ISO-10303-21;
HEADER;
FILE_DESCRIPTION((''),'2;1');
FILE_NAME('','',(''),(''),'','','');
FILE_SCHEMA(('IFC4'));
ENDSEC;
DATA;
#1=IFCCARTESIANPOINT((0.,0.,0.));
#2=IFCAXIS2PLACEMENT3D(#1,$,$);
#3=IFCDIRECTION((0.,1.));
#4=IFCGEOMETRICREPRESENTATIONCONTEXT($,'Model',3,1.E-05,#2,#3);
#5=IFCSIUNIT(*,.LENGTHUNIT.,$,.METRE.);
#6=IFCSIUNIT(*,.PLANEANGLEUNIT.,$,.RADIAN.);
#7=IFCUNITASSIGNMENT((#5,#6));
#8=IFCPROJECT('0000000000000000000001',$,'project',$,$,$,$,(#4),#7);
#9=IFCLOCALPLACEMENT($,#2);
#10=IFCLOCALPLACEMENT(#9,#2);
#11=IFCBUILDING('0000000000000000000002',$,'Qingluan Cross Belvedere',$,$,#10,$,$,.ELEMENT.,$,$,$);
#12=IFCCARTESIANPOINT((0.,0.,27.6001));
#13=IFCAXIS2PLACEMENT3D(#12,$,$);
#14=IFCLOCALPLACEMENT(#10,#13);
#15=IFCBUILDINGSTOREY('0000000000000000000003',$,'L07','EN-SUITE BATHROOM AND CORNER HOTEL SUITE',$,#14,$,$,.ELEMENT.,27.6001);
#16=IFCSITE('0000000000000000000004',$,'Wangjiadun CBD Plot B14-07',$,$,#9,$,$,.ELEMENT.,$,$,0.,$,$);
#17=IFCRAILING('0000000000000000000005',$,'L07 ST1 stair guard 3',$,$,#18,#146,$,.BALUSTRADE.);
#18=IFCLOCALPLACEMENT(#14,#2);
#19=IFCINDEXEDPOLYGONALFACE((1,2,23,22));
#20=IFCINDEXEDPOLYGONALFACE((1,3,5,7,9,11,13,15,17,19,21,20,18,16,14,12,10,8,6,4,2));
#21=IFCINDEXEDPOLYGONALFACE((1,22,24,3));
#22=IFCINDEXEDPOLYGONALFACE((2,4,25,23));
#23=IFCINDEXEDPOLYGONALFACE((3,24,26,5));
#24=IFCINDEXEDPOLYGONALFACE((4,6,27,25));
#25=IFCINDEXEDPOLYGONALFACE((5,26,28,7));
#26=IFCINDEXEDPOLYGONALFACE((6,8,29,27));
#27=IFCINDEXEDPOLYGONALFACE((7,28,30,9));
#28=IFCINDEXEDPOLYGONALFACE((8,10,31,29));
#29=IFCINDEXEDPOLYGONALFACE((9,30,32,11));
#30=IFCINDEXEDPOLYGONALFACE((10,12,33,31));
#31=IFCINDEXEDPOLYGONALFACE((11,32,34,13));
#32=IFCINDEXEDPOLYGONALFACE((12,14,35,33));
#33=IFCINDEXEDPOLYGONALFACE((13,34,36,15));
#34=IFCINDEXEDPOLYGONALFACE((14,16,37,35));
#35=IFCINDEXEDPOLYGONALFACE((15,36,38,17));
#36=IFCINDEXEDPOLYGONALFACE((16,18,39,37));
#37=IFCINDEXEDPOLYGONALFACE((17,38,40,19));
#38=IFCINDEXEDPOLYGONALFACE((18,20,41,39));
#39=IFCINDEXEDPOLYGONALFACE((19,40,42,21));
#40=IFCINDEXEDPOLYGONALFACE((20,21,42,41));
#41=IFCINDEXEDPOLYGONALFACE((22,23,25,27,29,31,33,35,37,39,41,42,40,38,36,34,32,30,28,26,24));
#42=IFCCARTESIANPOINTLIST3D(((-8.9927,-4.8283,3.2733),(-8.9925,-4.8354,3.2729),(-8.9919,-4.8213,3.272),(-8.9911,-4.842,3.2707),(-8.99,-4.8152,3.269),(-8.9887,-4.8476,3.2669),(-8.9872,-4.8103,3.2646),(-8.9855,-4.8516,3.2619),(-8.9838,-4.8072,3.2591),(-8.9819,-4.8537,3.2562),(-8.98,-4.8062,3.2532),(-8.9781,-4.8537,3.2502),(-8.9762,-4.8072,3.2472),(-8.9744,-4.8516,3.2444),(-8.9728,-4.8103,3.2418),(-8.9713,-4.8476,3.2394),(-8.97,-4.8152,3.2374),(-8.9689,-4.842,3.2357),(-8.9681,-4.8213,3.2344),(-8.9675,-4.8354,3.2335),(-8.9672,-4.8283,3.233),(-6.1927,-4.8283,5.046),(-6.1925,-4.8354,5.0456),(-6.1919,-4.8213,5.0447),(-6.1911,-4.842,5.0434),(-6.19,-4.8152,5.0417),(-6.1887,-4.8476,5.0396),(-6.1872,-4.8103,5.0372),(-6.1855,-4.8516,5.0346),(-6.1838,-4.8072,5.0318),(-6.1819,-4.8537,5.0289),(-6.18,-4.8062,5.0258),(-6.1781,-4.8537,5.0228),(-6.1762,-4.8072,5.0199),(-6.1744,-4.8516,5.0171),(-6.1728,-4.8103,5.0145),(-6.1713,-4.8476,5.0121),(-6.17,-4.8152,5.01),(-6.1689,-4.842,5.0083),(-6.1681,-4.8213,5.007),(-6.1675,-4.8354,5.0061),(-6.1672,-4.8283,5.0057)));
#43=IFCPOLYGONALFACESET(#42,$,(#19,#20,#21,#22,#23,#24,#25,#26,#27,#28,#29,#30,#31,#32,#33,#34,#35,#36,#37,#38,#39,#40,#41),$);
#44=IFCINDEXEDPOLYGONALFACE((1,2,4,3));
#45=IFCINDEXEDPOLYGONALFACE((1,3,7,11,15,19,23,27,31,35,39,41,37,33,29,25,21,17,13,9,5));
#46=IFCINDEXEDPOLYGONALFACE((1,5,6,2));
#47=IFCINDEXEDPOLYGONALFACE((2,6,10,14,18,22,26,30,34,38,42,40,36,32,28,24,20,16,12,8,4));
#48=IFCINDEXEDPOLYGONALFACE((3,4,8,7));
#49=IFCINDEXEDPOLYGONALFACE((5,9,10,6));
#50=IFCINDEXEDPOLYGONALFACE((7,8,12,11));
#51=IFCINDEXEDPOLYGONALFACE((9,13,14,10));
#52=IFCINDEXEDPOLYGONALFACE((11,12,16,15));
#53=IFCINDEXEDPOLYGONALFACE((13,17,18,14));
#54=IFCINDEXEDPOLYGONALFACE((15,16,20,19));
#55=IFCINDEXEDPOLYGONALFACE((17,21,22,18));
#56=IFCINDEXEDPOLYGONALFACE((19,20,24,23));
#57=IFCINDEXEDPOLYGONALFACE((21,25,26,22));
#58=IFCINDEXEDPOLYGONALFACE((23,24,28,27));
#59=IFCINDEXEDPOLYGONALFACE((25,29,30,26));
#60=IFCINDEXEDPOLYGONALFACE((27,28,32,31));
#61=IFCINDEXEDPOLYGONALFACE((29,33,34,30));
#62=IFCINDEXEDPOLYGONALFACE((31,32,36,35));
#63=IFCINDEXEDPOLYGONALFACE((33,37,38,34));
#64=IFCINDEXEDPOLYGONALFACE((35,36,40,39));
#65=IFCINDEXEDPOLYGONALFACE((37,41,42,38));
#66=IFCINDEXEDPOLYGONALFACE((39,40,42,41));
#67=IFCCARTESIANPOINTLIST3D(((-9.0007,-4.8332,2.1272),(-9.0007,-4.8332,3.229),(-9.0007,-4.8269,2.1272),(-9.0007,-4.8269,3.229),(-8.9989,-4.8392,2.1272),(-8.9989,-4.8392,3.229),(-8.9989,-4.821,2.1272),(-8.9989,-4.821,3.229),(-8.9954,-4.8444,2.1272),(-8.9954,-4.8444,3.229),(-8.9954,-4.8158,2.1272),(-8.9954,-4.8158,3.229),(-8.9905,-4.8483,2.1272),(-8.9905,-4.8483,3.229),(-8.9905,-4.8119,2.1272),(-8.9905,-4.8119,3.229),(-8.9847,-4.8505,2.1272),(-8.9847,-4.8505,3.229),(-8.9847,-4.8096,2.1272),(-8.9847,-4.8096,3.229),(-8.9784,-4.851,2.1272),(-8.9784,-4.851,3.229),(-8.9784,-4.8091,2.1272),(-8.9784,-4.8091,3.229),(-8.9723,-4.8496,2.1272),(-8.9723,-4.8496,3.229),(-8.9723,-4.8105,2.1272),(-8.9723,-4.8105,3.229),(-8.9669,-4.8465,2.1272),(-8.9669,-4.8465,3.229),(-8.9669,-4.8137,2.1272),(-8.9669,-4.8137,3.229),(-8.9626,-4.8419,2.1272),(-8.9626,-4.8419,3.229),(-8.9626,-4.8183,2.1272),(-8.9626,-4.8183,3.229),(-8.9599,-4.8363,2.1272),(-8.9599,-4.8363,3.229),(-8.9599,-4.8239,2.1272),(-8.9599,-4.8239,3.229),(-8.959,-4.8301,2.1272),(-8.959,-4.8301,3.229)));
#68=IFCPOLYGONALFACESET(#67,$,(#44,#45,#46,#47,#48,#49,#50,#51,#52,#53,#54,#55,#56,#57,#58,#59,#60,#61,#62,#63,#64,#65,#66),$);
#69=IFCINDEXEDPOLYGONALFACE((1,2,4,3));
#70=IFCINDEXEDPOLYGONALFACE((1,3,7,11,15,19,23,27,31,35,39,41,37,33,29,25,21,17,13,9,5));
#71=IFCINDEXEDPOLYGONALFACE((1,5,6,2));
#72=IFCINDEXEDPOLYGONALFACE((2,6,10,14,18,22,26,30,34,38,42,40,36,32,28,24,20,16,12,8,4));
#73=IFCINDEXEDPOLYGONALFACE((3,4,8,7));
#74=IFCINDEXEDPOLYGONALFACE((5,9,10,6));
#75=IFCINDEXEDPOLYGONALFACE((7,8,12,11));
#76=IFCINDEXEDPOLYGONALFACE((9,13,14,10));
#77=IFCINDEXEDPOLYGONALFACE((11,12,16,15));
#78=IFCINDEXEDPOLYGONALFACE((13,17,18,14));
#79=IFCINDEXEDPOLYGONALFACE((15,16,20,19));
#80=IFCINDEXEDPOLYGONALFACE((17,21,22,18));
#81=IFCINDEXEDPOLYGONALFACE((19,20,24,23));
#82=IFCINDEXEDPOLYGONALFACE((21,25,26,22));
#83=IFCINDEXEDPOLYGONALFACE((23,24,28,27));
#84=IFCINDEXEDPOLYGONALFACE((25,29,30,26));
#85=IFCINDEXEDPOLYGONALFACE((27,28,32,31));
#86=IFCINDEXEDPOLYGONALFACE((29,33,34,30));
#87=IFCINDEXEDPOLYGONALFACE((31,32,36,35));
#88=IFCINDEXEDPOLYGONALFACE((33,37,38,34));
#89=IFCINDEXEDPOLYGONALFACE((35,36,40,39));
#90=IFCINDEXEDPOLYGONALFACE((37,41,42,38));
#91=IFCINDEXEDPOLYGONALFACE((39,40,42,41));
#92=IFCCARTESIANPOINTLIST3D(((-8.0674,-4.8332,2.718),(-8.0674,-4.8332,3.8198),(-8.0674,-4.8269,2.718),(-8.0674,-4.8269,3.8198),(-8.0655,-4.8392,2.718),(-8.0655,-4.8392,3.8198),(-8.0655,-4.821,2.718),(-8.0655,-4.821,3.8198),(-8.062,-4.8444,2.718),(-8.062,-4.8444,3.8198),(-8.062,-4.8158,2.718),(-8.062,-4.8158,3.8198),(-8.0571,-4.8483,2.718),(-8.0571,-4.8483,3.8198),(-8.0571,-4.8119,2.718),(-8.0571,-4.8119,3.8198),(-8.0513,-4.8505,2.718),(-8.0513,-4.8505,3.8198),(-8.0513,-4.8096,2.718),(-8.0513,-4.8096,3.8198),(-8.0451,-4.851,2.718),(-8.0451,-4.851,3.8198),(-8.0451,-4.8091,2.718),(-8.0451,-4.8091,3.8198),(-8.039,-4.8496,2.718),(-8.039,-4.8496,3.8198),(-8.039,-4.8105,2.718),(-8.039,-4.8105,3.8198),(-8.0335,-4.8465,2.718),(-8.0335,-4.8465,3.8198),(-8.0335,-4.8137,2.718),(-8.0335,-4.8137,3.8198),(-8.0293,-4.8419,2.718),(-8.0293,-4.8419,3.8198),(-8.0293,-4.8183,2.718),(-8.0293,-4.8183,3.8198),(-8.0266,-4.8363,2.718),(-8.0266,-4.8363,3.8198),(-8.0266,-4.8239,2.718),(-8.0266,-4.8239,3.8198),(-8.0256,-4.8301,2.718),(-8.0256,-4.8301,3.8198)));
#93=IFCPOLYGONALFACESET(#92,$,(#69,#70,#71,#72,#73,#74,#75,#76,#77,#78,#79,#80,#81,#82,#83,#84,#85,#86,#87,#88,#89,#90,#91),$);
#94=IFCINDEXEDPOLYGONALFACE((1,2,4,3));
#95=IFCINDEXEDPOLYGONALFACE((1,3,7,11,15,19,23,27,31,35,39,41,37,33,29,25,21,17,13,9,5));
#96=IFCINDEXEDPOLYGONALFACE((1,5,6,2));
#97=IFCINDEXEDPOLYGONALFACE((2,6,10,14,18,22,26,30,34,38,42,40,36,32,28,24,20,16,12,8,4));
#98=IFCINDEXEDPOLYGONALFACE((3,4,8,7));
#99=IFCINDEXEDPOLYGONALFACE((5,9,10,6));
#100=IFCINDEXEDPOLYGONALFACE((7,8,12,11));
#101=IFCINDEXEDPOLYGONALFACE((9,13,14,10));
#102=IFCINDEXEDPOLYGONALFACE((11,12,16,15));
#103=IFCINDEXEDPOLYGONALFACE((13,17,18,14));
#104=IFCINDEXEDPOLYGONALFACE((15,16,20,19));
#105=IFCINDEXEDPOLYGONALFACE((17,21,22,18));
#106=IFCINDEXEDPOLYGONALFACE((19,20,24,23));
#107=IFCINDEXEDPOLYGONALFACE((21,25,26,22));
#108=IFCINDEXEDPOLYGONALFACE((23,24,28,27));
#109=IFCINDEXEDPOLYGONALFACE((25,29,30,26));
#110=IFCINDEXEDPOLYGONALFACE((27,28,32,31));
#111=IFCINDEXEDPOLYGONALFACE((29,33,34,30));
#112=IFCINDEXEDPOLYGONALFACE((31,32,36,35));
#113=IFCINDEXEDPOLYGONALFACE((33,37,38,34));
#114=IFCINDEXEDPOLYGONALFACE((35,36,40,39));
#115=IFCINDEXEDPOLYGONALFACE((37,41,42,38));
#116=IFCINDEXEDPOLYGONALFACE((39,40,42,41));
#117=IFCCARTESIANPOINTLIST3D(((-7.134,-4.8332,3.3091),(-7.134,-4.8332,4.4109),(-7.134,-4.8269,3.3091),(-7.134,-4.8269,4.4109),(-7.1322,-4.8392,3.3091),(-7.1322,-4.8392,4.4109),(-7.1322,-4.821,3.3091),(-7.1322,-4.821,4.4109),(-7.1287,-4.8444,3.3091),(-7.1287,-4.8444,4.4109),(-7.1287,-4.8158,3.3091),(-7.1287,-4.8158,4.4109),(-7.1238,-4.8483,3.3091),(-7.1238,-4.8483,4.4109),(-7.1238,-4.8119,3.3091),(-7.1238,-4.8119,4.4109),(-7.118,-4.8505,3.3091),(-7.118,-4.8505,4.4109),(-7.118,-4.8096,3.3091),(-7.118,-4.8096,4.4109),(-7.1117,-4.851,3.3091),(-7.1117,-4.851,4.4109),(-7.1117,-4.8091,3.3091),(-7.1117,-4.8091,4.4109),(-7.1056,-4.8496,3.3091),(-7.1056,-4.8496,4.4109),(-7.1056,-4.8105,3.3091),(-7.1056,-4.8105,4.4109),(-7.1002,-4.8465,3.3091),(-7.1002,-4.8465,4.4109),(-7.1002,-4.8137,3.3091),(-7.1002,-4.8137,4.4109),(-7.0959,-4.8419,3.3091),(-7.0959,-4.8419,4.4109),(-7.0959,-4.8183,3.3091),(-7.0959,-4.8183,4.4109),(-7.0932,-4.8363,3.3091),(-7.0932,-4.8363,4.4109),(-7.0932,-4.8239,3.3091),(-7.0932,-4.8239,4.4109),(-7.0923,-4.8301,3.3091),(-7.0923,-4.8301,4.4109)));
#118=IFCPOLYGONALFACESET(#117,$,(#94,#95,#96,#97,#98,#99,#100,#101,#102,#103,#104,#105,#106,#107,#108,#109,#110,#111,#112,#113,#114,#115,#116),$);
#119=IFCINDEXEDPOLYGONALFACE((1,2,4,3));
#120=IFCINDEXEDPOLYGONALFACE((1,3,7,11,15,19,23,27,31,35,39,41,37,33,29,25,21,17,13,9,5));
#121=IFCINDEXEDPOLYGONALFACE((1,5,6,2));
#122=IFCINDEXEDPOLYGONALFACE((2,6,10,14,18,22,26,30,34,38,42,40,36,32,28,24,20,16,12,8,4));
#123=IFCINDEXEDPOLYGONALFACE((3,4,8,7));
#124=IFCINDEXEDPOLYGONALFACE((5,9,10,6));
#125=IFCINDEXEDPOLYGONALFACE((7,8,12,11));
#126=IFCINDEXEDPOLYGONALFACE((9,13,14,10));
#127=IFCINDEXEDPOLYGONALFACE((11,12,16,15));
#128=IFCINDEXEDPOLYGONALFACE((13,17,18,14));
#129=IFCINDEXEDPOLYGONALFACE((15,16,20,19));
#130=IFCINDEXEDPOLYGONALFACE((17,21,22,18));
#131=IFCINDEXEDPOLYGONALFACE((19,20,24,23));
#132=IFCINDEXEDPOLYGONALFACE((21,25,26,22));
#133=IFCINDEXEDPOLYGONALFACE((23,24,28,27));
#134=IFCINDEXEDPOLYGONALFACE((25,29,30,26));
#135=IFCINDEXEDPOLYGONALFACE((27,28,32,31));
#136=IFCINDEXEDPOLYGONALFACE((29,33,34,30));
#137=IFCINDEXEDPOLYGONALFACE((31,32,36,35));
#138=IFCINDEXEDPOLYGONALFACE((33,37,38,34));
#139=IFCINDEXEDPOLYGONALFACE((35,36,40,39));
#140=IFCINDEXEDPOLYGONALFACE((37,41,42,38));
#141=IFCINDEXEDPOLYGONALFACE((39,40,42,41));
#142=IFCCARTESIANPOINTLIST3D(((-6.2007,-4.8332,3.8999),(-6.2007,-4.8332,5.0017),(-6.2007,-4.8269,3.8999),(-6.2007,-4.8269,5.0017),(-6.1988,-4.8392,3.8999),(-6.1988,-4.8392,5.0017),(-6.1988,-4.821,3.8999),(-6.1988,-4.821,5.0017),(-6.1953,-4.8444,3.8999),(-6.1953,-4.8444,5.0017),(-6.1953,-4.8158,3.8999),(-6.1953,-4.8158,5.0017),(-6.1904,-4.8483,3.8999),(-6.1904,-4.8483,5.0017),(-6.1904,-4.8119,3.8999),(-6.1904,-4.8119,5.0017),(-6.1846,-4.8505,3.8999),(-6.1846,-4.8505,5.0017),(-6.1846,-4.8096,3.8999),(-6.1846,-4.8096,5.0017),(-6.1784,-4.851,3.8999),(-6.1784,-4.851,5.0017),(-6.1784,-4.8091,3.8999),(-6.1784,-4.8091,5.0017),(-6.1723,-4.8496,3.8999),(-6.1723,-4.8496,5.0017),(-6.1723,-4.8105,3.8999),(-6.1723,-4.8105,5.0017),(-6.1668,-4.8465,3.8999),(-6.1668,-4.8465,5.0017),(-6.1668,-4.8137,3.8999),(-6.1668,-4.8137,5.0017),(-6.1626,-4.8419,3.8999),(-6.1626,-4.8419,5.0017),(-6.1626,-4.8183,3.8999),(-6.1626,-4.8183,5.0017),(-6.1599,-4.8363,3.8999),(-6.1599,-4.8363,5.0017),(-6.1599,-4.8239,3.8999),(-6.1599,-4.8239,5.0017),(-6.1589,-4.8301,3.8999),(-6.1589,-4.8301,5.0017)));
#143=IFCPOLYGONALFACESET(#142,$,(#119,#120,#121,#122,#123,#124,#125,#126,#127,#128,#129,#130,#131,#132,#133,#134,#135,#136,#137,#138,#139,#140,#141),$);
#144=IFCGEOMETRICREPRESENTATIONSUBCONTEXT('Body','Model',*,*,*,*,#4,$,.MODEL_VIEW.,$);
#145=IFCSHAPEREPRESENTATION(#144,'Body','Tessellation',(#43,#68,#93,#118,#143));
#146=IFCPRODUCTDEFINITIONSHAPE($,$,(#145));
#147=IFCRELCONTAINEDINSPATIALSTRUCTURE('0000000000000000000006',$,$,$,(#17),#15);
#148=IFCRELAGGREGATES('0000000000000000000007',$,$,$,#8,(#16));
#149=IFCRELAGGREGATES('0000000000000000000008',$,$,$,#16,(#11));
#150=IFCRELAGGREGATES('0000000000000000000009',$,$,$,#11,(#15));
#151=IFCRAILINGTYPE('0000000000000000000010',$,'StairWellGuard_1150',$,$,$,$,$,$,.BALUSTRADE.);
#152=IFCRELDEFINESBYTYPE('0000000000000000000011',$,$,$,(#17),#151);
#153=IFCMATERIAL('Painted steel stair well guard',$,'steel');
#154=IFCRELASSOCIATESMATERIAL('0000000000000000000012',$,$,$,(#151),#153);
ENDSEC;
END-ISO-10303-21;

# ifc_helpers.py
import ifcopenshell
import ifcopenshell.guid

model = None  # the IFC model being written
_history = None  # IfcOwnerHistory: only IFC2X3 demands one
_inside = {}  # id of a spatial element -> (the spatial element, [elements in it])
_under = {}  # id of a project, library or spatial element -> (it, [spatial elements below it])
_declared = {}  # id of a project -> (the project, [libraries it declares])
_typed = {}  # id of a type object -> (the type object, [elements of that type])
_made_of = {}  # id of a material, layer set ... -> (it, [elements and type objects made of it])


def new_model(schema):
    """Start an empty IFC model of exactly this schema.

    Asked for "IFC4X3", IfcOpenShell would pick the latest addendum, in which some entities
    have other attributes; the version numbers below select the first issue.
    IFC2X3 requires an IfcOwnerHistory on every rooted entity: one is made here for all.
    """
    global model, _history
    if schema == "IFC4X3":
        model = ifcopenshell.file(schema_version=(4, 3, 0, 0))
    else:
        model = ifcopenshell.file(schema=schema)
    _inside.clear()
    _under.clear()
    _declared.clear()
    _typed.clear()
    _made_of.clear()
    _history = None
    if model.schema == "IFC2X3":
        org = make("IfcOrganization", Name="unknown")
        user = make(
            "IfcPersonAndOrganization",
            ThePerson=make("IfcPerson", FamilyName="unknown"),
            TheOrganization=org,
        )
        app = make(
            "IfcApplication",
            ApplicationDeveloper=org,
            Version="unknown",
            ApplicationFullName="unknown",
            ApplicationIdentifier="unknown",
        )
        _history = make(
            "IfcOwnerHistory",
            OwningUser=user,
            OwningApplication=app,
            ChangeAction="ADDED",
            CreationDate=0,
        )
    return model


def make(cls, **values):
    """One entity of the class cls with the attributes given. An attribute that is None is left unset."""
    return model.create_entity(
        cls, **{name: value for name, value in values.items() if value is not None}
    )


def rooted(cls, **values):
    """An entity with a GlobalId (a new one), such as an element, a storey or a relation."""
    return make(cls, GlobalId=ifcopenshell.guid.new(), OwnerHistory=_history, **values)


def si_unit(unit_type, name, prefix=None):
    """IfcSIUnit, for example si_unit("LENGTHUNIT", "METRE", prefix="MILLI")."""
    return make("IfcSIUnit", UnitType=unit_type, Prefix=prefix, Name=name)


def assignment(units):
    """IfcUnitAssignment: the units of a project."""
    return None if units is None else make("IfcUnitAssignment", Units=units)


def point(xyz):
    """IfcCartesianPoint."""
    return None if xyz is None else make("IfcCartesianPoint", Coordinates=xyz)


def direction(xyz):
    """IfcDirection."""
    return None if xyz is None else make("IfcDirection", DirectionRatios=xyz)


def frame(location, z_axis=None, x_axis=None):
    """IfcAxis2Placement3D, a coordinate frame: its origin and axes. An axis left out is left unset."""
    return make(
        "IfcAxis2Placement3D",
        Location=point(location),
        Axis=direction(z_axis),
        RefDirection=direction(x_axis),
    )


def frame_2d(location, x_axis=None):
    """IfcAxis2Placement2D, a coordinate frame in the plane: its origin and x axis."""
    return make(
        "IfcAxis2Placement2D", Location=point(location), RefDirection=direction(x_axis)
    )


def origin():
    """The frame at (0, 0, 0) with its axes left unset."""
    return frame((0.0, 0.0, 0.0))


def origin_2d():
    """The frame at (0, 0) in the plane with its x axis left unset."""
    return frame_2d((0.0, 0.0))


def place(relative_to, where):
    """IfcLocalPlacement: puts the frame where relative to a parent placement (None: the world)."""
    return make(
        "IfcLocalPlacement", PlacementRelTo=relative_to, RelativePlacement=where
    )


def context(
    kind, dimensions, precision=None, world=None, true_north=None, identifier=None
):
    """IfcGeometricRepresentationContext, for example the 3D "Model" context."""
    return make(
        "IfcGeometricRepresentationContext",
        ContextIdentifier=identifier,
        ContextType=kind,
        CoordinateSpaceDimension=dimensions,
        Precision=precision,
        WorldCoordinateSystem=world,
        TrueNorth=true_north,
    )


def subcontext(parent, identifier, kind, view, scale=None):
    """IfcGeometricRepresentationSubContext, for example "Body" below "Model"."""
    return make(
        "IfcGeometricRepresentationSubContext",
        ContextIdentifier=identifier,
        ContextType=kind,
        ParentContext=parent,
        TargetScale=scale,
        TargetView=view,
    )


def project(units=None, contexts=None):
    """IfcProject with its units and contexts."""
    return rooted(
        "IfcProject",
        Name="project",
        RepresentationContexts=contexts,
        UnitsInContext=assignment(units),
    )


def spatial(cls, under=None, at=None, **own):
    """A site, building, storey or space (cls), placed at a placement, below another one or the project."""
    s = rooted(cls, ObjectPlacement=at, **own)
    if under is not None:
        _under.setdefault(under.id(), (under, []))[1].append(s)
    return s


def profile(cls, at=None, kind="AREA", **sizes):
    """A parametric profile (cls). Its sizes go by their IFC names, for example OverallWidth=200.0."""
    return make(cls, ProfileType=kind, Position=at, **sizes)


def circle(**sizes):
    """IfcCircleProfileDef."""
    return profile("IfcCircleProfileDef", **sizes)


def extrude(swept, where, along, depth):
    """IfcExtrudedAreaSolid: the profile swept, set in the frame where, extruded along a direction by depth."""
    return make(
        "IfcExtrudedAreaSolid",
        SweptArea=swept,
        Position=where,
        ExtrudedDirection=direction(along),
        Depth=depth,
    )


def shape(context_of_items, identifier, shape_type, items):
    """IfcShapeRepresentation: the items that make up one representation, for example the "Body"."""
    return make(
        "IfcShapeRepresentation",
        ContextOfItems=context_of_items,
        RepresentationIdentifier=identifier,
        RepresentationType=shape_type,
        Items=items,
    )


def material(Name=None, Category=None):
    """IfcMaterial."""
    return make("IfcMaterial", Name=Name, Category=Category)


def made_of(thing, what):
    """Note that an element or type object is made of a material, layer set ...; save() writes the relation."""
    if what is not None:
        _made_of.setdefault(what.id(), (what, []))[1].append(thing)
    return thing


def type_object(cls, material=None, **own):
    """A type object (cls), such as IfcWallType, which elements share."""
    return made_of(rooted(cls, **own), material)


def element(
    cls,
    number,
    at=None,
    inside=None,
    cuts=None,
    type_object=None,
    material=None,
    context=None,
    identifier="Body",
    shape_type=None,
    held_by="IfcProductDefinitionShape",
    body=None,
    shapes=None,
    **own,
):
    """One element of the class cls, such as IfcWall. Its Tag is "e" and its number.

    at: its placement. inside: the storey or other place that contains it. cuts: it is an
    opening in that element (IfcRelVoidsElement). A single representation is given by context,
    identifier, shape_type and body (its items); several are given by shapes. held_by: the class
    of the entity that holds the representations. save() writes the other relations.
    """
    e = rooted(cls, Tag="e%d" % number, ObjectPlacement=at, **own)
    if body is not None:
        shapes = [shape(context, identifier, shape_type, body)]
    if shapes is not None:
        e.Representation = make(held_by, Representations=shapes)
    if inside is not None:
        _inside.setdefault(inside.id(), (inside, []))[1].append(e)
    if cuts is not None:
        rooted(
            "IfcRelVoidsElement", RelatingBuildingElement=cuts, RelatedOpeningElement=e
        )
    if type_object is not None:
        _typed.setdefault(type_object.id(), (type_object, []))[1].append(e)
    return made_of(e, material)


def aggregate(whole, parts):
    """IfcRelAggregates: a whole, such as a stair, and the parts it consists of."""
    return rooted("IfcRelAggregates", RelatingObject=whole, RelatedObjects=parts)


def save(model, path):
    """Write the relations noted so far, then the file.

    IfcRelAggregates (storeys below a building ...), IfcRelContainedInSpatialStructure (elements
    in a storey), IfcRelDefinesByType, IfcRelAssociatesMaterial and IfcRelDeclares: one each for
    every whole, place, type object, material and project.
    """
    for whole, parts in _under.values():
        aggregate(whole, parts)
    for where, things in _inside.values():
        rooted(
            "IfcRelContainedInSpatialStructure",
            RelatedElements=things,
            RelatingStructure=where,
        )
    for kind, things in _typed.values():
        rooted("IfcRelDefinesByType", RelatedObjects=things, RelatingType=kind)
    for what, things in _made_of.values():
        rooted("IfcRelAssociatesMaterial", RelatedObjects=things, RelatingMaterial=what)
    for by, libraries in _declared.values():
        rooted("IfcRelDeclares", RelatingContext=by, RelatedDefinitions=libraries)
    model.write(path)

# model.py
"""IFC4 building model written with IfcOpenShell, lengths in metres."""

from ifc_helpers import new_model, si_unit, direction, frame, origin, origin_2d, place, context, subcontext, project, spatial, circle, extrude, material, type_object, element, save


model = new_model("IFC4")

# Units and contexts
model_context = context("Model", 3, precision=1e-05, world=origin(), true_north=direction((0.0, 1.0)))
body_context = subcontext(model_context, "Body", "Model", "MODEL_VIEW")
ifc_project = project(units=[si_unit("LENGTHUNIT", "METRE"), si_unit("PLANEANGLEUNIT", "RADIAN")], contexts=[model_context])

# Site, building, storey
site_placement = place(None, origin())
site = spatial("IfcSite", under=ifc_project, at=site_placement, Name="Wangjiadun CBD Plot B14-07", CompositionType="ELEMENT", RefElevation=0.0)
building_placement = place(site_placement, origin())
building = spatial("IfcBuilding", under=site, at=building_placement, Name="Qingluan Cross Belvedere", CompositionType="ELEMENT")
storey_placement = place(building_placement, frame((0.0, 0.0, 27.6001)))
storey = spatial("IfcBuildingStorey", under=building, at=storey_placement, Name="L07", Description="EN-SUITE BATHROOM AND CORNER HOTEL SUITE", CompositionType="ELEMENT", Elevation=27.6001)

# Railing
ifc_material_1 = material(Name="Painted steel stair well guard", Category="steel")
railing_type_1 = type_object("IfcRailingType", Name="StairWellGuard_1150", PredefinedType="BALUSTRADE", material=ifc_material_1)
railing_1_placement = place(storey_placement, frame((-8.98, -4.8301, 2.1272)))
element("IfcRailing", 1, at=railing_1_placement, inside=storey, type_object=railing_type_1, Name="L07 ST1 stair guard 3", PredefinedType="BALUSTRADE", context=body_context, shape_type="SweptSolid", body=[
    extrude(circle(Radius=0.0239, at=origin_2d()), frame((0.0, 0.0, 1.126), z_axis=(0.844909, 0.0, 0.53491), x_axis=(0.0, 1.0, 0.0)), (0.0, 0.0, 1.0), 3.314),
    extrude(circle(Radius=0.021, at=origin_2d()), origin(), (0.0, 0.0, 1.0), 1.1018),
    extrude(circle(Radius=0.021, at=origin_2d()), frame((0.9333, 0.0, 0.5908)), (0.0, 0.0, 1.0), 1.1018),
    extrude(circle(Radius=0.021, at=origin_2d()), frame((1.8667, 0.0, 1.1819)), (0.0, 0.0, 1.0), 1.1018),
    extrude(circle(Radius=0.021, at=origin_2d()), frame((2.8, 0.0, 1.7727)), (0.0, 0.0, 1.0), 1.1018),
])

save(model, "model.ifc")
